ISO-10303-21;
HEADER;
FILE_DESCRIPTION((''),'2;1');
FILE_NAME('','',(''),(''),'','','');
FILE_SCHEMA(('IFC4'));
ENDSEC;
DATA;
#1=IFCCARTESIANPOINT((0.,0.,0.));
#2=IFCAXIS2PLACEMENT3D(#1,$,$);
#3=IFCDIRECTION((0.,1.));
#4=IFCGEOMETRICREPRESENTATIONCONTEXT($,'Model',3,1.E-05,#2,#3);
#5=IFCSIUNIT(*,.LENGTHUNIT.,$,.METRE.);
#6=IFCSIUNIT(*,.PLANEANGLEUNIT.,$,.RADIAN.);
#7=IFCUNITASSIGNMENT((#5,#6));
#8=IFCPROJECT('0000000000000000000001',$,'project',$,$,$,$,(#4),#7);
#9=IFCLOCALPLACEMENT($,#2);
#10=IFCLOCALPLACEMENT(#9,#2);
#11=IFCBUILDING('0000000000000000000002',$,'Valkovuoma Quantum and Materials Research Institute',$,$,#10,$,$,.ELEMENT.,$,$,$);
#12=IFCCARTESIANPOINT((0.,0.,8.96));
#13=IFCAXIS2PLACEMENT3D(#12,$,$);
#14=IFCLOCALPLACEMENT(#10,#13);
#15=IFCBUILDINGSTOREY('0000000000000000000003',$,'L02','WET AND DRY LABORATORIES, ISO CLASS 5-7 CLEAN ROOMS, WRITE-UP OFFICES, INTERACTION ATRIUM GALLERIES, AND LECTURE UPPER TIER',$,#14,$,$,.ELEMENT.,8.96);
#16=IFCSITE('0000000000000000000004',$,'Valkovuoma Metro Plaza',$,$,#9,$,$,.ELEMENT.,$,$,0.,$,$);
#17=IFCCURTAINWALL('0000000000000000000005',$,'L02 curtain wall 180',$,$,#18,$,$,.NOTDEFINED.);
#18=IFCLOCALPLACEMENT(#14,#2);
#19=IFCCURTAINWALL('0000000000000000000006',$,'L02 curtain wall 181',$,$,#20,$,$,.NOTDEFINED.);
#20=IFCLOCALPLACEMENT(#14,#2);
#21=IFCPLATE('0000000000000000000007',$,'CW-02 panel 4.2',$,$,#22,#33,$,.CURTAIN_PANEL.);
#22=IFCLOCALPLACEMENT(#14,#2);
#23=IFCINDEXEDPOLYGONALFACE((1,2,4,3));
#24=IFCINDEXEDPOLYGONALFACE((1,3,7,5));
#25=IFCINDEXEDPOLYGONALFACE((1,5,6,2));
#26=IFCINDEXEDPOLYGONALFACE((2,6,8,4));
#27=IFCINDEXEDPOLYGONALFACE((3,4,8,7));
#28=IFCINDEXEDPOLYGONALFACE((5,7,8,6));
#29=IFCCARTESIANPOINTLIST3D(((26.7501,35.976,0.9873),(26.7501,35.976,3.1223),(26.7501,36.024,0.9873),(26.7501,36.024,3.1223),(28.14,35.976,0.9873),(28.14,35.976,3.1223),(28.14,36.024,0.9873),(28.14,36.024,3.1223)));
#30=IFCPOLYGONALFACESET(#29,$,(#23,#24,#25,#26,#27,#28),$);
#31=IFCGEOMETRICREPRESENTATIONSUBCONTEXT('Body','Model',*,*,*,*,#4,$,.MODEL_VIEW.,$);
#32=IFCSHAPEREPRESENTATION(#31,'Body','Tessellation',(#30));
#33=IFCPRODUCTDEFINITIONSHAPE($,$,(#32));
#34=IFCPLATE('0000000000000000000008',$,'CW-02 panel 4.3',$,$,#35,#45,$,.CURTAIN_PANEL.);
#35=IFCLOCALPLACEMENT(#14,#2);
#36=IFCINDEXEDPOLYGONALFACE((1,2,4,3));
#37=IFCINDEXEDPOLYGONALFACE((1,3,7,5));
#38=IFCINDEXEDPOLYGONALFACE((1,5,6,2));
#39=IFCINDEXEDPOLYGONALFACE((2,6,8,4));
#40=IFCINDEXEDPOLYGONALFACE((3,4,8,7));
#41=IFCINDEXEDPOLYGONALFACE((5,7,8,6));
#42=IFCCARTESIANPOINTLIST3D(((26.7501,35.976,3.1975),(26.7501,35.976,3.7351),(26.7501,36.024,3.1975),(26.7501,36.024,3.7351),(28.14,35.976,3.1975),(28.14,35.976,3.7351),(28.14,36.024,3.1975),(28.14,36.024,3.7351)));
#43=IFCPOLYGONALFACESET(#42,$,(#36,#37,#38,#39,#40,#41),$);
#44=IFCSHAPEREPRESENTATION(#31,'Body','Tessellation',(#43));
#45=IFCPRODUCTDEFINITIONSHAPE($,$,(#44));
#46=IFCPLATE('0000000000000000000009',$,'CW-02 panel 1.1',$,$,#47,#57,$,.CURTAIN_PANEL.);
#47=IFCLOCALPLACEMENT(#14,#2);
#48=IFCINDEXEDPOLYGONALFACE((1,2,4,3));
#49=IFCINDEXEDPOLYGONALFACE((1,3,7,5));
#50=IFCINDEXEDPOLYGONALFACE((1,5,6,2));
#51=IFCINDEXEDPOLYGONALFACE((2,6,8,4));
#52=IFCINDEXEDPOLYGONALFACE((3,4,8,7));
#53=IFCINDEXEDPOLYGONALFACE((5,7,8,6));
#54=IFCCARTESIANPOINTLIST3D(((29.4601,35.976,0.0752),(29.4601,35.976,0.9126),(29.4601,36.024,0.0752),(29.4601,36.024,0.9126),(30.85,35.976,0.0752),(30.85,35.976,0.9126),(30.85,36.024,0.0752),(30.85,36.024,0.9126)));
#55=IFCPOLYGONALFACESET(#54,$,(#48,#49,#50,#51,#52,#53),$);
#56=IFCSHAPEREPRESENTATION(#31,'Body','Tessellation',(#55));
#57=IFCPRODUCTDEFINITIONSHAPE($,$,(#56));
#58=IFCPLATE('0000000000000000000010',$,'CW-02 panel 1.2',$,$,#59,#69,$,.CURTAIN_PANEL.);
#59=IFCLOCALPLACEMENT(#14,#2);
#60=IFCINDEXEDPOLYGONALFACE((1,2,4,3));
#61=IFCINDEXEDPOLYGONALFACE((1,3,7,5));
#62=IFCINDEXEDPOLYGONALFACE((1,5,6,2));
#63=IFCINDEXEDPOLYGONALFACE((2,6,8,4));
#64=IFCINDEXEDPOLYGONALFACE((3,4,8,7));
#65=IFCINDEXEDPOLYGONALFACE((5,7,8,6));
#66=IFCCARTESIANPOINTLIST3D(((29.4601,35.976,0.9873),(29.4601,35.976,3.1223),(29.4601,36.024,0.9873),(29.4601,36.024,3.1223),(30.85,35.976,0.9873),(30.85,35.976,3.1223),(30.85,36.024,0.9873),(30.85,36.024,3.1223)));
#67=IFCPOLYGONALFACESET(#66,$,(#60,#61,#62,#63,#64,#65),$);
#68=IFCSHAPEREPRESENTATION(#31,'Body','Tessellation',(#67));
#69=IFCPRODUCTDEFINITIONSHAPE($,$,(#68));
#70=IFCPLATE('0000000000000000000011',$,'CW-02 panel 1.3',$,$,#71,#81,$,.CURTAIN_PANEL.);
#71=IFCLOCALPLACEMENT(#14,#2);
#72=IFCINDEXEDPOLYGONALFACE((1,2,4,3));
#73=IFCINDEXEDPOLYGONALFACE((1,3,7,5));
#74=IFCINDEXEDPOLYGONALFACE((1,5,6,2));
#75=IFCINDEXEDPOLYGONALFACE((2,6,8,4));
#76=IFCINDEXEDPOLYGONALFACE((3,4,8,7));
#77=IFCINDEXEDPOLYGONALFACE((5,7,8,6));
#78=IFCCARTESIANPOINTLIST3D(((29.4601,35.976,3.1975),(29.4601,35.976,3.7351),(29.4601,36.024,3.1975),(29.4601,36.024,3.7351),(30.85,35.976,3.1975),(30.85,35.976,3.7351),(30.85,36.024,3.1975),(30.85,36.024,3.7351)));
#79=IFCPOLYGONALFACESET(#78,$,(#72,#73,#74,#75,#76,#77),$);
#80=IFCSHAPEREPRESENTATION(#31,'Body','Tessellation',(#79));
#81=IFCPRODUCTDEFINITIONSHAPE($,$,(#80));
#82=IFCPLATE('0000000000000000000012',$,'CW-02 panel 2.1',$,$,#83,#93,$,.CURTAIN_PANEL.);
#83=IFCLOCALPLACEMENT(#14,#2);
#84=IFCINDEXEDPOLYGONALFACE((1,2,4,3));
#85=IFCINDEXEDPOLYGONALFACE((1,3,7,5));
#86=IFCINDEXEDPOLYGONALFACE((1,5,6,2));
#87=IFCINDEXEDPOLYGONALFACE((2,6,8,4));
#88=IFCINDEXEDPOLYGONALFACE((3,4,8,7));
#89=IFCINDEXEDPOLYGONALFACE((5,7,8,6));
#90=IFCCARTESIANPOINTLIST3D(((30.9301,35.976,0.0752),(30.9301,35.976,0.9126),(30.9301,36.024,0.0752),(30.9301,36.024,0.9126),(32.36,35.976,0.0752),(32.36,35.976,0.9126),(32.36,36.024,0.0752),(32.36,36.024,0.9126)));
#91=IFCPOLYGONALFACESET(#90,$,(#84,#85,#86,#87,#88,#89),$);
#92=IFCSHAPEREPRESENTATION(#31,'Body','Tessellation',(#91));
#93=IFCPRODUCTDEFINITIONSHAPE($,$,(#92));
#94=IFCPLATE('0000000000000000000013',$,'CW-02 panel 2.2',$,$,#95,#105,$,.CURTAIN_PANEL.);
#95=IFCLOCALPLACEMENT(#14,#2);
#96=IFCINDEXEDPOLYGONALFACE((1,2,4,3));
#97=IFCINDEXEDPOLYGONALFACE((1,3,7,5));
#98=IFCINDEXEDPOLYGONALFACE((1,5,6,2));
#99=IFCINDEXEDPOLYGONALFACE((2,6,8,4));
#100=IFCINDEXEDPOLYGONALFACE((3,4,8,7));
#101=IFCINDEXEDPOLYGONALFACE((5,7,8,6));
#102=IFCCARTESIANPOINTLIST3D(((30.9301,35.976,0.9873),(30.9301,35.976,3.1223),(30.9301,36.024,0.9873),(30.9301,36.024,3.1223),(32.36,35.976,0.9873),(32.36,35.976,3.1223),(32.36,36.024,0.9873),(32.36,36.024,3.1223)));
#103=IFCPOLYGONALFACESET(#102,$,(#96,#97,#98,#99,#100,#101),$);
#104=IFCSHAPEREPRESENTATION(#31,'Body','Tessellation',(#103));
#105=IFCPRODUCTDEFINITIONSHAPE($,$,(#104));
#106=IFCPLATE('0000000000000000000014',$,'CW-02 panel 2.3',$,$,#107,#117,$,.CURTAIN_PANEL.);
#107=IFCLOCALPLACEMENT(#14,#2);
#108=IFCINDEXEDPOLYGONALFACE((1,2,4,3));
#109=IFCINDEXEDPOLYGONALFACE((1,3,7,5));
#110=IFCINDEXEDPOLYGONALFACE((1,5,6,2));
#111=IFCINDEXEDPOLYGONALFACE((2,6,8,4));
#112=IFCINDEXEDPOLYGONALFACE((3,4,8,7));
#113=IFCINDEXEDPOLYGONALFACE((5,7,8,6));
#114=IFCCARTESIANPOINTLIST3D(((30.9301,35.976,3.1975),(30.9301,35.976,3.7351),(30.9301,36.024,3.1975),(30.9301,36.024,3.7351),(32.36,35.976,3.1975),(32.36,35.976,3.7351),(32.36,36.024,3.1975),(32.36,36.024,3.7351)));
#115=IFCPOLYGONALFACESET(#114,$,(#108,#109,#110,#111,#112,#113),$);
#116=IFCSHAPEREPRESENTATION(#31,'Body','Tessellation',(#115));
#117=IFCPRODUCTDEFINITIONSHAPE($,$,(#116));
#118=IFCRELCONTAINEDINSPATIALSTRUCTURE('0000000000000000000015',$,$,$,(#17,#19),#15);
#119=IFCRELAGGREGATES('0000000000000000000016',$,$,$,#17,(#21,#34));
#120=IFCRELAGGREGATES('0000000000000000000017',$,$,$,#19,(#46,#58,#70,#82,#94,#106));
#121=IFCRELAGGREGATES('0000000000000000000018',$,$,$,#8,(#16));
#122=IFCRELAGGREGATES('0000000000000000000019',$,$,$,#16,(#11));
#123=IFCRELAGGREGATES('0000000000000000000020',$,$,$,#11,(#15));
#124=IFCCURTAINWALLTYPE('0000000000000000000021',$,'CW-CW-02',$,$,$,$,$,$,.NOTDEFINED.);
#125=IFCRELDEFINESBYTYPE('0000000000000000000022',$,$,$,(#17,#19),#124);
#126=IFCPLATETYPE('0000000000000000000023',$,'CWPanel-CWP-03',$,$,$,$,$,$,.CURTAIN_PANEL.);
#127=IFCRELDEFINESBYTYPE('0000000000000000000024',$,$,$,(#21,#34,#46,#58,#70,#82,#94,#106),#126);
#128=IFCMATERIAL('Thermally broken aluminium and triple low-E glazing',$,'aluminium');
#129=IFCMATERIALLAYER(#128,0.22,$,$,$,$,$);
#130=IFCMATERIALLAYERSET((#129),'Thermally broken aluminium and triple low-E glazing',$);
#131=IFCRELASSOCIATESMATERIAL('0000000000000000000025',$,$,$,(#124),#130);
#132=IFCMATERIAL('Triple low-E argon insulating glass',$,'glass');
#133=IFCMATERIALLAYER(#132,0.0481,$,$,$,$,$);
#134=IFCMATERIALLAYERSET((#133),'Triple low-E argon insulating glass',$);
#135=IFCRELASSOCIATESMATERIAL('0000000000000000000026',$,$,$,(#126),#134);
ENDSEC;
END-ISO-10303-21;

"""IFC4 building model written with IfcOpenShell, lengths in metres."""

from ifc_helpers import new_model, si_unit, direction, frame, origin, origin_2d, place, context, subcontext, project, spatial, rectangle, extrude, material, layer, layer_set, type_object, element, aggregate, save


model = new_model("IFC4")

# Units and contexts
model_context = context("Model", 3, precision=1e-05, world=origin(), true_north=direction((0.0, 1.0)))
body_context = subcontext(model_context, "Body", "Model", "MODEL_VIEW")
ifc_project = project(units=[si_unit("LENGTHUNIT", "METRE"), si_unit("PLANEANGLEUNIT", "RADIAN")], contexts=[model_context])

# Site, building, storey
site_placement = place(None, origin())
site = spatial("IfcSite", under=ifc_project, at=site_placement, Name="Valkovuoma Metro Plaza", CompositionType="ELEMENT", RefElevation=0.0)
building_placement = place(site_placement, origin())
building = spatial("IfcBuilding", under=site, at=building_placement, Name="Valkovuoma Quantum and Materials Research Institute", CompositionType="ELEMENT")
storey_placement = place(building_placement, frame((0.0, 0.0, 8.96)))
storey = spatial("IfcBuildingStorey", under=building, at=storey_placement, Name="L02", Description="WET AND DRY LABORATORIES, ISO CLASS 5-7 CLEAN ROOMS, WRITE-UP OFFICES, INTERACTION ATRIUM GALLERIES, AND LECTURE UPPER TIER", CompositionType="ELEMENT", Elevation=8.96)

# Curtain wall
ifc_material_1 = material(Name="Thermally broken aluminium and triple low-E glazing", Category="aluminium")
ifc_layer_1 = layer(ifc_material_1, 0.22)
ifc_layer_set_1 = layer_set([ifc_layer_1], Name="Thermally broken aluminium and triple low-E glazing")
curtain_wall_type = type_object("IfcCurtainWallType", Name="CW-CW-02", PredefinedType="NOTDEFINED", material=ifc_layer_set_1)
curtain_wall_1_placement = place(storey_placement, origin())
curtain_wall_1 = element("IfcCurtainWall", 1, at=curtain_wall_1_placement, inside=storey, type_object=curtain_wall_type, Name="L02 curtain wall 180", PredefinedType="NOTDEFINED")

# Curtain wall
curtain_wall_2_placement = place(storey_placement, origin())
curtain_wall_2 = element("IfcCurtainWall", 2, at=curtain_wall_2_placement, inside=storey, type_object=curtain_wall_type, Name="L02 curtain wall 181", PredefinedType="NOTDEFINED")

# Plates
ifc_material_2 = material(Name="Triple low-E argon insulating glass", Category="glass")
ifc_layer_2 = layer(ifc_material_2, 0.0481)
ifc_layer_set_2 = layer_set([ifc_layer_2], Name="Triple low-E argon insulating glass")
plate_type = type_object("IfcPlateType", Name="CWPanel-CWP-03", PredefinedType="CURTAIN_PANEL", material=ifc_layer_set_2)
plate_1_placement = place(storey_placement, frame((27.4451, 36.0, 0.9873), z_axis=(0.0, 0.0, 1.0), x_axis=(1.0, 0.0, 0.0)))
plate_1 = element("IfcPlate", 3, at=plate_1_placement, type_object=plate_type, Name="CW-02 panel 4.2", PredefinedType="CURTAIN_PANEL", context=body_context, shape_type="SweptSolid", body=[
    extrude(rectangle(XDim=1.3899, YDim=0.0481, at=origin_2d()), origin(), (0.0, 0.0, 1.0), 2.135),
])
plate_2_placement = place(storey_placement, frame((27.4451, 36.0, 3.1975), z_axis=(0.0, 0.0, 1.0), x_axis=(1.0, 0.0, 0.0)))
plate_2 = element("IfcPlate", 4, at=plate_2_placement, type_object=plate_type, Name="CW-02 panel 4.3", PredefinedType="CURTAIN_PANEL", context=body_context, shape_type="SweptSolid", body=[
    extrude(rectangle(XDim=1.3899, YDim=0.0481, at=origin_2d()), origin(), (0.0, 0.0, 1.0), 0.5376),
])
aggregate(curtain_wall_1, [plate_1, plate_2])
plate_3_placement = place(storey_placement, frame((30.155, 36.0, 0.0752), z_axis=(0.0, 0.0, 1.0), x_axis=(1.0, 0.0, 0.0)))
plate_3 = element("IfcPlate", 5, at=plate_3_placement, type_object=plate_type, Name="CW-02 panel 1.1", PredefinedType="CURTAIN_PANEL", context=body_context, shape_type="SweptSolid", body=[
    extrude(rectangle(XDim=1.3899, YDim=0.0481, at=origin_2d()), origin(), (0.0, 0.0, 1.0), 0.8374),
])
plate_4_placement = place(storey_placement, frame((30.155, 36.0, 0.9873), z_axis=(0.0, 0.0, 1.0), x_axis=(1.0, 0.0, 0.0)))
plate_4 = element("IfcPlate", 6, at=plate_4_placement, type_object=plate_type, Name="CW-02 panel 1.2", PredefinedType="CURTAIN_PANEL", context=body_context, shape_type="SweptSolid", body=[
    extrude(rectangle(XDim=1.3899, YDim=0.0481, at=origin_2d()), origin(), (0.0, 0.0, 1.0), 2.135),
])
plate_5_placement = place(storey_placement, frame((30.155, 36.0, 3.1975), z_axis=(0.0, 0.0, 1.0), x_axis=(1.0, 0.0, 0.0)))
plate_5 = element("IfcPlate", 7, at=plate_5_placement, type_object=plate_type, Name="CW-02 panel 1.3", PredefinedType="CURTAIN_PANEL", context=body_context, shape_type="SweptSolid", body=[
    extrude(rectangle(XDim=1.3899, YDim=0.0481, at=origin_2d()), origin(), (0.0, 0.0, 1.0), 0.5376),
])
plate_6_placement = place(storey_placement, frame((31.645, 36.0, 0.0752), z_axis=(0.0, 0.0, 1.0), x_axis=(1.0, 0.0, 0.0)))
plate_6 = element("IfcPlate", 8, at=plate_6_placement, type_object=plate_type, Name="CW-02 panel 2.1", PredefinedType="CURTAIN_PANEL", context=body_context, shape_type="SweptSolid", body=[
    extrude(rectangle(XDim=1.4299, YDim=0.0481, at=origin_2d()), origin(), (0.0, 0.0, 1.0), 0.8374),
])
plate_7_placement = place(storey_placement, frame((31.645, 36.0, 0.9873), z_axis=(0.0, 0.0, 1.0), x_axis=(1.0, 0.0, 0.0)))
plate_7 = element("IfcPlate", 9, at=plate_7_placement, type_object=plate_type, Name="CW-02 panel 2.2", PredefinedType="CURTAIN_PANEL", context=body_context, shape_type="SweptSolid", body=[
    extrude(rectangle(XDim=1.4299, YDim=0.0481, at=origin_2d()), origin(), (0.0, 0.0, 1.0), 2.135),
])
plate_8_placement = place(storey_placement, frame((31.645, 36.0, 3.1975), z_axis=(0.0, 0.0, 1.0), x_axis=(1.0, 0.0, 0.0)))
plate_8 = element("IfcPlate", 10, at=plate_8_placement, type_object=plate_type, Name="CW-02 panel 2.3", PredefinedType="CURTAIN_PANEL", context=body_context, shape_type="SweptSolid", body=[
    extrude(rectangle(XDim=1.4299, YDim=0.0481, at=origin_2d()), origin(), (0.0, 0.0, 1.0), 0.5376),
])
aggregate(curtain_wall_2, [plate_3, plate_4, plate_5, plate_6, plate_7, plate_8])

save(model, "model.ifc")
